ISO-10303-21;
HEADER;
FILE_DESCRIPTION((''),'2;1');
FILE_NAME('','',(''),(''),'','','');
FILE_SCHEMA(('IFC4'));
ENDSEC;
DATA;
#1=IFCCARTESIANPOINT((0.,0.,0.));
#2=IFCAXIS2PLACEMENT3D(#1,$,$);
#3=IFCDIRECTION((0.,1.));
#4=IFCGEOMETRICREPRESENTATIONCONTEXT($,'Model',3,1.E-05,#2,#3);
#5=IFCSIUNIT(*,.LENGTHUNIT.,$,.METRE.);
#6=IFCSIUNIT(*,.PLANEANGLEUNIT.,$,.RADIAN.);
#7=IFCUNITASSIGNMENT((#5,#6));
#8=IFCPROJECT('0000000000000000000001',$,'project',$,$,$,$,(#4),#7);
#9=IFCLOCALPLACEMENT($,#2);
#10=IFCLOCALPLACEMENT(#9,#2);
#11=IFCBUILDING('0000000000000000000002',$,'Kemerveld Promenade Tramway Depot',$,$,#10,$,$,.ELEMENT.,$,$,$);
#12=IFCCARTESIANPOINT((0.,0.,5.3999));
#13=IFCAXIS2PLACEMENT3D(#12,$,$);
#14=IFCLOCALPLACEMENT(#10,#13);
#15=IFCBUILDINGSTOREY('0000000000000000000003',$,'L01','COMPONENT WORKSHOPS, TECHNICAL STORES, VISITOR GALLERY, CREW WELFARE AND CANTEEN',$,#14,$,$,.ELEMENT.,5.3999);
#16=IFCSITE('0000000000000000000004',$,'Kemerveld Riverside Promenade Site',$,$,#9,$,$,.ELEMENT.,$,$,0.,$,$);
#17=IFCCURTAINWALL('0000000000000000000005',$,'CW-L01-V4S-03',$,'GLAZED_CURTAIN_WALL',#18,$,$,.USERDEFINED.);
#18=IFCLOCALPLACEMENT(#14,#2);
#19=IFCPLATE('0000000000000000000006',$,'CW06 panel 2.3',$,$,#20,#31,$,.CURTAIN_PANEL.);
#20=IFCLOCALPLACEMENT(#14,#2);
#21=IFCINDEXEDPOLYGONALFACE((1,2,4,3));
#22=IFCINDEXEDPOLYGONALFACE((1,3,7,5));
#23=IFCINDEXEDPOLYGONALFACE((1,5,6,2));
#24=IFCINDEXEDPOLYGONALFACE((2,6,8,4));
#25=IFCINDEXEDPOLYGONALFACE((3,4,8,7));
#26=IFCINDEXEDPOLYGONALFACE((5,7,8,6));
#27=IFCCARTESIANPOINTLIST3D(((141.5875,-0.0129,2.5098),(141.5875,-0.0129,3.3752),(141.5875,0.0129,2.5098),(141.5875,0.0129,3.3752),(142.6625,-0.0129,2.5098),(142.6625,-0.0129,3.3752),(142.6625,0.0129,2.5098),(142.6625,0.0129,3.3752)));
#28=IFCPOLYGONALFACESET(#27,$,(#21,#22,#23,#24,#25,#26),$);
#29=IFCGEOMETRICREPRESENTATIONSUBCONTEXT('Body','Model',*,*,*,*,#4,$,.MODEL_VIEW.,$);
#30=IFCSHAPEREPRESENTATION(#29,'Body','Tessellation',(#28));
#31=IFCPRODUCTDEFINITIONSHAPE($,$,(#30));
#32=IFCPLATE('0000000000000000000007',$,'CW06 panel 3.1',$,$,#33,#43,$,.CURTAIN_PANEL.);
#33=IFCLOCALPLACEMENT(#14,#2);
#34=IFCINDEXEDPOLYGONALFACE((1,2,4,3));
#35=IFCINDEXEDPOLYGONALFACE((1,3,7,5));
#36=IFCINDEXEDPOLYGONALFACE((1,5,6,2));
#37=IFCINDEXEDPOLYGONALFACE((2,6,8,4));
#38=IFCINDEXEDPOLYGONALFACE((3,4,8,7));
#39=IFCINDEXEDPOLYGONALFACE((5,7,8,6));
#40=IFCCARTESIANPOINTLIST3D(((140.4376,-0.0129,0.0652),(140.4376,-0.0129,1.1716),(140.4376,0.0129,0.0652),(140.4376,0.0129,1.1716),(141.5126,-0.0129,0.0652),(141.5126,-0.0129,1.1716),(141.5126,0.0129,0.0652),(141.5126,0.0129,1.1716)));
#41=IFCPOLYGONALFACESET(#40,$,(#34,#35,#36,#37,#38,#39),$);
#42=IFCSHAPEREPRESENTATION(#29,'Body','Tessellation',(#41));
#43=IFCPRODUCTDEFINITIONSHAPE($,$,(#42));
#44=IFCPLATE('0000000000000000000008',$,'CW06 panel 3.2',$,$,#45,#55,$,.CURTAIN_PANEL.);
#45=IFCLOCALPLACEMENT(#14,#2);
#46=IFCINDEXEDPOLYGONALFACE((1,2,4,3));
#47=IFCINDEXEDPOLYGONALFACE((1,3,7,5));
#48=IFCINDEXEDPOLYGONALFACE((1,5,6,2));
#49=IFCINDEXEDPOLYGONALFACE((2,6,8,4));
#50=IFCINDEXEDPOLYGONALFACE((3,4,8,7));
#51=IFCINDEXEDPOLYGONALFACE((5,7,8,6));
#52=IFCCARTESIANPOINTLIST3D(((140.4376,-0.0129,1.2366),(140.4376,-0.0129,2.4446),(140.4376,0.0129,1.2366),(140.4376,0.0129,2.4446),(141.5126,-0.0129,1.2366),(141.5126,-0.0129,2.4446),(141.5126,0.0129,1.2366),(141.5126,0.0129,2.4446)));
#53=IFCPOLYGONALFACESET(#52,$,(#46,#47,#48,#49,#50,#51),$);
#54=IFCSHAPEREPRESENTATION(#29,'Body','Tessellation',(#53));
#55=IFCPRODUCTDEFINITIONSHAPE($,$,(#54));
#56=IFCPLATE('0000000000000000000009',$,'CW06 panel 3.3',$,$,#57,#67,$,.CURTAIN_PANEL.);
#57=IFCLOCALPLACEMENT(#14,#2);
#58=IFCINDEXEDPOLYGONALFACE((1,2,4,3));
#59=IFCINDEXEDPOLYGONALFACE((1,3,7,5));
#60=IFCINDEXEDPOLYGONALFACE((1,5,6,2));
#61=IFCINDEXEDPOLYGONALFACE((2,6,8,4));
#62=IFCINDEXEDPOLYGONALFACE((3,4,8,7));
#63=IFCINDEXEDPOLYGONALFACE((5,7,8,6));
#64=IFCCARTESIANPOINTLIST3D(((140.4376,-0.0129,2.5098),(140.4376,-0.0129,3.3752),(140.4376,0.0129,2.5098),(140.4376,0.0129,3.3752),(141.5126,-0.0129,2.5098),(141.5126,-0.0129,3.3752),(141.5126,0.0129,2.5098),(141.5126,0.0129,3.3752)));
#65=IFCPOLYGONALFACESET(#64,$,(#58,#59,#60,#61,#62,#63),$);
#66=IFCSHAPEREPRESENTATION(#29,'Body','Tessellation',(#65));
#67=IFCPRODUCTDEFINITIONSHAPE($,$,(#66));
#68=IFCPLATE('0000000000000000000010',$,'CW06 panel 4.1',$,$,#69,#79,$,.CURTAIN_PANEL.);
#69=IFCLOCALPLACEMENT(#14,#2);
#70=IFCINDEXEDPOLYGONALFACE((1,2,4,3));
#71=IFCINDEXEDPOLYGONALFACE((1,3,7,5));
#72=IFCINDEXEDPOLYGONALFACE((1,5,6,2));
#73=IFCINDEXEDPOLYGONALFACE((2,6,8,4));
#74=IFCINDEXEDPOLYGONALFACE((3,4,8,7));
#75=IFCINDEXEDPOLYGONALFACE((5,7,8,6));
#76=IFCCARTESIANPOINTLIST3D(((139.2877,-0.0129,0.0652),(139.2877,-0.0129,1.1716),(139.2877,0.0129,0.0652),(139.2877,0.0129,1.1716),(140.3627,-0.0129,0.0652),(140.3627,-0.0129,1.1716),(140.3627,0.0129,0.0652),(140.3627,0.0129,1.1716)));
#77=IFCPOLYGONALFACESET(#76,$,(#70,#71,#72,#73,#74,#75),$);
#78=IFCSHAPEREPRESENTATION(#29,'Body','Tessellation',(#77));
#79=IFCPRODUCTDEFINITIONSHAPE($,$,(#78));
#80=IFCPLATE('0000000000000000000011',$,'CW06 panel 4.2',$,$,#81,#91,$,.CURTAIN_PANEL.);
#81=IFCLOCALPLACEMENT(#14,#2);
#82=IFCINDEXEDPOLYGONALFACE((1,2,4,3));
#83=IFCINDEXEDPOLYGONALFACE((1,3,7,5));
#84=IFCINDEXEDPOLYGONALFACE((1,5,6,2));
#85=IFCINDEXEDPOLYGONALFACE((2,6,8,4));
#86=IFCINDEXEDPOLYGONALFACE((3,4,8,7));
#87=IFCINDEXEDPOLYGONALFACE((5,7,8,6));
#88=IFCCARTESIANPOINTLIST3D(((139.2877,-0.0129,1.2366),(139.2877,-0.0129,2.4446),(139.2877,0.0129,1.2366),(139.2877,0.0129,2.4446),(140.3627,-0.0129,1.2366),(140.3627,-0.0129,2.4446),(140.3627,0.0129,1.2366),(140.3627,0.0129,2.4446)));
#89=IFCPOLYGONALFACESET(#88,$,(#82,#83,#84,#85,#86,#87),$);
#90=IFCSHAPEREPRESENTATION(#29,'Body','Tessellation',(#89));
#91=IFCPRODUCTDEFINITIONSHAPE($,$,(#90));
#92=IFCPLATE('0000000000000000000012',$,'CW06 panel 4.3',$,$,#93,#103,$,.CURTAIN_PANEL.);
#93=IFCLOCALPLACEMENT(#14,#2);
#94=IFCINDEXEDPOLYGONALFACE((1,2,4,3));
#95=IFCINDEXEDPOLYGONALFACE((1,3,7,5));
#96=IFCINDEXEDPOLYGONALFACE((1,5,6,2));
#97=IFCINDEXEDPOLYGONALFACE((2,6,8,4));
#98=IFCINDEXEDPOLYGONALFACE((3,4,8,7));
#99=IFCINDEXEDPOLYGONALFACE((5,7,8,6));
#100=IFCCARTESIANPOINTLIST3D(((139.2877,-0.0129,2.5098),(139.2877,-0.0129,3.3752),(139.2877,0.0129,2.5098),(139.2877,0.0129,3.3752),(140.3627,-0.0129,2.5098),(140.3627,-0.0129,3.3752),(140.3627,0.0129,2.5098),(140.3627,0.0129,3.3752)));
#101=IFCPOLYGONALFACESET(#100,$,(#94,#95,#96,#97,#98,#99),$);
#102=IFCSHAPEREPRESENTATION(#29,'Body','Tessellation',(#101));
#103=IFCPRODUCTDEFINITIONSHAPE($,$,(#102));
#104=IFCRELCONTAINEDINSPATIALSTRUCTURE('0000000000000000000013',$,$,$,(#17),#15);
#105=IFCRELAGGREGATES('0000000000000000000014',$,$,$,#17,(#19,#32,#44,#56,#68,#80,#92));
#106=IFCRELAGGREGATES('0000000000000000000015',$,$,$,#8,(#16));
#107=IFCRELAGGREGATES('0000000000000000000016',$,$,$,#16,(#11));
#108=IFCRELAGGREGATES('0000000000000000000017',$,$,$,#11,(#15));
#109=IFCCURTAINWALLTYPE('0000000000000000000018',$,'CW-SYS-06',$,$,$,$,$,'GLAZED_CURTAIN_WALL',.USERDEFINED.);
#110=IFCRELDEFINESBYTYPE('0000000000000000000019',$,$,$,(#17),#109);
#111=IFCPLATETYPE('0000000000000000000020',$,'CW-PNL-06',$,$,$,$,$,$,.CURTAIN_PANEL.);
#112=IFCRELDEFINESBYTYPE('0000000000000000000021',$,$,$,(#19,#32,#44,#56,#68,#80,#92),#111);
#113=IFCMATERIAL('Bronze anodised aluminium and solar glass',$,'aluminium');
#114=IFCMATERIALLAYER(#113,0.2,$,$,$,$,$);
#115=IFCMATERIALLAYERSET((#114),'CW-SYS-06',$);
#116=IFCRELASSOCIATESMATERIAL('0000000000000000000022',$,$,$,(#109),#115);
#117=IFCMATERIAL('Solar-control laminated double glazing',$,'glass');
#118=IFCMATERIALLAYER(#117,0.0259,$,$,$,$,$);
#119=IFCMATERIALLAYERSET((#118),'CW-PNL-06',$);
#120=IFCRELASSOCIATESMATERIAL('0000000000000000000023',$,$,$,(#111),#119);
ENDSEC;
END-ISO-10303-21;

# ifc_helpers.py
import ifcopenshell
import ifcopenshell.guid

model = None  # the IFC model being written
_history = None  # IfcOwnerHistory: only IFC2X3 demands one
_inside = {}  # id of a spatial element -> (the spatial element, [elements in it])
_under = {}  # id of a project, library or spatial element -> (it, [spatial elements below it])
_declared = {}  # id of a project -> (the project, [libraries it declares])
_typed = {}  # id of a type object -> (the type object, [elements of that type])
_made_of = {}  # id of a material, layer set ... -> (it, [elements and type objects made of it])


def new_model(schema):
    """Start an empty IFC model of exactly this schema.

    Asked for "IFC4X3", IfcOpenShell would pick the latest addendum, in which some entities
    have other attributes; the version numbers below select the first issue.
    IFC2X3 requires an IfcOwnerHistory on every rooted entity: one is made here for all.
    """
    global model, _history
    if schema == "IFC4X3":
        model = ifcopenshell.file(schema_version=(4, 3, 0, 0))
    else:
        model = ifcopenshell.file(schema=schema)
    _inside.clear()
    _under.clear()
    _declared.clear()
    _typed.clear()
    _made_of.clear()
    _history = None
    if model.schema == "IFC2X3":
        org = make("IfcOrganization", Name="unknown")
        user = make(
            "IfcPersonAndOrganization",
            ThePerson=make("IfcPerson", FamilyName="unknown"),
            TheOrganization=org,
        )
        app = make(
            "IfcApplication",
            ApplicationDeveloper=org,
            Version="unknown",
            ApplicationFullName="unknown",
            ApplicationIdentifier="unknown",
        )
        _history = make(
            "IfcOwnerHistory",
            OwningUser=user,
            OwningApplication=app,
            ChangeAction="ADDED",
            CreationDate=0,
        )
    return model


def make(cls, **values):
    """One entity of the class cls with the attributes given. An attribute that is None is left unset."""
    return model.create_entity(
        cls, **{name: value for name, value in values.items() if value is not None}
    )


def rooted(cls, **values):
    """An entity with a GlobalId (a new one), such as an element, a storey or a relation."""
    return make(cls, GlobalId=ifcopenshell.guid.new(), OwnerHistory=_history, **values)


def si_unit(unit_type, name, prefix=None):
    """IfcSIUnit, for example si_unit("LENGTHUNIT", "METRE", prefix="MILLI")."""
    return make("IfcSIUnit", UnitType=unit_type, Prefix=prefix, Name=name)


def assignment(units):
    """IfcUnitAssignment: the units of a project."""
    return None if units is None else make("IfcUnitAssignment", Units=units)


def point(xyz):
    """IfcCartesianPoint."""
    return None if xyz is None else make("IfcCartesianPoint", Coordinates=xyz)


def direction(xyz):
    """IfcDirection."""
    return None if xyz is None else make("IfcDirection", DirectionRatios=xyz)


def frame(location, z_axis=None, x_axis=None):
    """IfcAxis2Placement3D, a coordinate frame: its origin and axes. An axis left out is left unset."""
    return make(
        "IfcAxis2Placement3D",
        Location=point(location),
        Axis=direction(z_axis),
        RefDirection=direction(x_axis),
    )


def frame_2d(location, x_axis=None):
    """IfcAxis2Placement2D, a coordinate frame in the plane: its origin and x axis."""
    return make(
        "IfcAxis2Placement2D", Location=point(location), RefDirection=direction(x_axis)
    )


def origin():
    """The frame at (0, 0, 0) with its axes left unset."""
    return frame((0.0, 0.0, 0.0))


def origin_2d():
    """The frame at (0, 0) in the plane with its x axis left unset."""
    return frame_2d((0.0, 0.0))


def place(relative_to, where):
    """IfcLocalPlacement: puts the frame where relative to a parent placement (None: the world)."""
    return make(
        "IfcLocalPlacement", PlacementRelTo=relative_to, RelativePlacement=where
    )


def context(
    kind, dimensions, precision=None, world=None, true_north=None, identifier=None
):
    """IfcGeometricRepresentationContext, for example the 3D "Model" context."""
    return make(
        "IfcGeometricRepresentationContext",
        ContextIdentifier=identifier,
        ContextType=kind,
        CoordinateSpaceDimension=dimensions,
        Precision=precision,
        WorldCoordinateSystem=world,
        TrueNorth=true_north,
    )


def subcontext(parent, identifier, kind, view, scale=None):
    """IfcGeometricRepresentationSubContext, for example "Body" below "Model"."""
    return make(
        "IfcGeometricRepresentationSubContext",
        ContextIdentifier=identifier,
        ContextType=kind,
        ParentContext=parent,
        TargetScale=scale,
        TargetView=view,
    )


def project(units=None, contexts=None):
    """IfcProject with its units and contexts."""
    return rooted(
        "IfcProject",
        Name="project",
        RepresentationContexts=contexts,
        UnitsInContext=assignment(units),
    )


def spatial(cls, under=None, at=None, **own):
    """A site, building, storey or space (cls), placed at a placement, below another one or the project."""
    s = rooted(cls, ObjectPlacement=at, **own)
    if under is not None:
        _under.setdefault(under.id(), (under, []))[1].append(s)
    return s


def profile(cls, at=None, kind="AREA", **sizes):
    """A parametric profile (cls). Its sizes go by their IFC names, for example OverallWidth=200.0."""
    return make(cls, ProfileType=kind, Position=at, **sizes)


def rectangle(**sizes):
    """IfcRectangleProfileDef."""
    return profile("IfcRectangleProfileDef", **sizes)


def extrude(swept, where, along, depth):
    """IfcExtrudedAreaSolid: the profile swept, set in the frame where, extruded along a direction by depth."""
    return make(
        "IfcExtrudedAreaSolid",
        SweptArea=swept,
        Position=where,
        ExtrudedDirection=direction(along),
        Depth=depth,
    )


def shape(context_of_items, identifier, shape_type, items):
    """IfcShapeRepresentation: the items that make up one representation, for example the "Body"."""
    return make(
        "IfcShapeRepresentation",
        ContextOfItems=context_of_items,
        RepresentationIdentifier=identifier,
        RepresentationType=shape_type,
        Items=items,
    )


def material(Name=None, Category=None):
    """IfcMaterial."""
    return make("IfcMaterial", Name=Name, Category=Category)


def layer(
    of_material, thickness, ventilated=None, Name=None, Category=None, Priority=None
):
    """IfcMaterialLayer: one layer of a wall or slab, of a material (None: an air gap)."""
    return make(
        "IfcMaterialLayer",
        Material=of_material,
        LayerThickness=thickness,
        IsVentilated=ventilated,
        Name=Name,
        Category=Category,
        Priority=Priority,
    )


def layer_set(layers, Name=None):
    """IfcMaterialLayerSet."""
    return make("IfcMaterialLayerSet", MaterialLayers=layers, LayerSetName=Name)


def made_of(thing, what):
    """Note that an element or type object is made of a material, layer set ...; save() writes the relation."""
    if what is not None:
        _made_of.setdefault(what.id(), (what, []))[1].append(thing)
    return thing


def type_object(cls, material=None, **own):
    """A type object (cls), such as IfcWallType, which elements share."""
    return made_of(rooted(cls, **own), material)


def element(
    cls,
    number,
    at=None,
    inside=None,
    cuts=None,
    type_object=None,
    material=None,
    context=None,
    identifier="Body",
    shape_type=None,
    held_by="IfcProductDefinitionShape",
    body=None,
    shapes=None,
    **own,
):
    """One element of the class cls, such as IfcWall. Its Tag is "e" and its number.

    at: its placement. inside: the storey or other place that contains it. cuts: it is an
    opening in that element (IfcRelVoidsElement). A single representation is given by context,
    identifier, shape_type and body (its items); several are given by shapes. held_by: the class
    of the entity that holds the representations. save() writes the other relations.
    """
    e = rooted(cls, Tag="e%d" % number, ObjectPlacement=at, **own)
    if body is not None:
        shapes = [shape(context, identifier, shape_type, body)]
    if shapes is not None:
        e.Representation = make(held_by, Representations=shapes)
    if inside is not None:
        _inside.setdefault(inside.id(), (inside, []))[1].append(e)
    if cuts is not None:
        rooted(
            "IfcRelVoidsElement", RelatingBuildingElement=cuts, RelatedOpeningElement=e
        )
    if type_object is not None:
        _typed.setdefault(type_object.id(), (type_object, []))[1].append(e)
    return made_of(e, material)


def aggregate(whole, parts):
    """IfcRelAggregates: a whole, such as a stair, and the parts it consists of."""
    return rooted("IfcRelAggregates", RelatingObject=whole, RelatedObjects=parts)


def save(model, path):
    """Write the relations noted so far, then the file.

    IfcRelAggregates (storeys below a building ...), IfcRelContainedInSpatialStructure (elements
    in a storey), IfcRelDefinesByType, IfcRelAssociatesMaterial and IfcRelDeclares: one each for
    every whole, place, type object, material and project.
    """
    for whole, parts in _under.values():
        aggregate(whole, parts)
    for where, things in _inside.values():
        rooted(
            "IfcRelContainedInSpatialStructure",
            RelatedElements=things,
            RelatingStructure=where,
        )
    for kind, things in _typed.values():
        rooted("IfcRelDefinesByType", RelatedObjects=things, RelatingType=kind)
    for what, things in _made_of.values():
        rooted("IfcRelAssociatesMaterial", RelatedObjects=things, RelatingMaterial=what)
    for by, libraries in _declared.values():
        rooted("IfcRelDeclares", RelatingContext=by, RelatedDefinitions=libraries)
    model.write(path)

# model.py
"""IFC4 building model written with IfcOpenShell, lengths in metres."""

from ifc_helpers import new_model, si_unit, direction, frame, origin, origin_2d, place, context, subcontext, project, spatial, rectangle, extrude, material, layer, layer_set, type_object, element, aggregate, save


model = new_model("IFC4")

# Units and contexts
model_context = context("Model", 3, precision=1e-05, world=origin(), true_north=direction((0.0, 1.0)))
body_context = subcontext(model_context, "Body", "Model", "MODEL_VIEW")
ifc_project = project(units=[si_unit("LENGTHUNIT", "METRE"), si_unit("PLANEANGLEUNIT", "RADIAN")], contexts=[model_context])

# Site, building, storey
site_placement = place(None, origin())
site = spatial("IfcSite", under=ifc_project, at=site_placement, Name="Kemerveld Riverside Promenade Site", CompositionType="ELEMENT", RefElevation=0.0)
building_placement = place(site_placement, origin())
building = spatial("IfcBuilding", under=site, at=building_placement, Name="Kemerveld Promenade Tramway Depot", CompositionType="ELEMENT")
storey_placement = place(building_placement, frame((0.0, 0.0, 5.3999)))
storey = spatial("IfcBuildingStorey", under=building, at=storey_placement, Name="L01", Description="COMPONENT WORKSHOPS, TECHNICAL STORES, VISITOR GALLERY, CREW WELFARE AND CANTEEN", CompositionType="ELEMENT", Elevation=5.3999)

# Curtain wall, plates
ifc_material_1 = material(Name="Bronze anodised aluminium and solar glass", Category="aluminium")
ifc_layer_1 = layer(ifc_material_1, 0.2)
ifc_layer_set_1 = layer_set([ifc_layer_1], Name="CW-SYS-06")
curtain_wall_type = type_object("IfcCurtainWallType", Name="CW-SYS-06", ElementType="GLAZED_CURTAIN_WALL", PredefinedType="USERDEFINED", material=ifc_layer_set_1)
curtain_wall_placement = place(storey_placement, origin())
curtain_wall = element("IfcCurtainWall", 1, at=curtain_wall_placement, inside=storey, type_object=curtain_wall_type, Name="CW-L01-V4S-03", ObjectType="GLAZED_CURTAIN_WALL", PredefinedType="USERDEFINED")
ifc_material_2 = material(Name="Solar-control laminated double glazing", Category="glass")
ifc_layer_2 = layer(ifc_material_2, 0.0259)
ifc_layer_set_2 = layer_set([ifc_layer_2], Name="CW-PNL-06")
plate_type = type_object("IfcPlateType", Name="CW-PNL-06", PredefinedType="CURTAIN_PANEL", material=ifc_layer_set_2)
plate_1_placement = place(storey_placement, frame((142.125, 0.0, 2.5098), z_axis=(0.0, 0.0, 1.0), x_axis=(-1.0, 0.0, 0.0)))
plate_1 = element("IfcPlate", 2, at=plate_1_placement, type_object=plate_type, Name="CW06 panel 2.3", PredefinedType="CURTAIN_PANEL", context=body_context, shape_type="SweptSolid", body=[
    extrude(rectangle(XDim=1.075, YDim=0.0259, at=origin_2d()), origin(), (0.0, 0.0, 1.0), 0.8655),
])
plate_2_placement = place(storey_placement, frame((140.9751, 0.0, 0.0652), z_axis=(0.0, 0.0, 1.0), x_axis=(-1.0, 0.0, 0.0)))
plate_2 = element("IfcPlate", 3, at=plate_2_placement, type_object=plate_type, Name="CW06 panel 3.1", PredefinedType="CURTAIN_PANEL", context=body_context, shape_type="SweptSolid", body=[
    extrude(rectangle(XDim=1.075, YDim=0.0259, at=origin_2d()), origin(), (0.0, 0.0, 1.0), 1.1064),
])
plate_3_placement = place(storey_placement, frame((140.9751, 0.0, 1.2366), z_axis=(0.0, 0.0, 1.0), x_axis=(-1.0, 0.0, 0.0)))
plate_3 = element("IfcPlate", 4, at=plate_3_placement, type_object=plate_type, Name="CW06 panel 3.2", PredefinedType="CURTAIN_PANEL", context=body_context, shape_type="SweptSolid", body=[
    extrude(rectangle(XDim=1.075, YDim=0.0259, at=origin_2d()), origin(), (0.0, 0.0, 1.0), 1.208),
])
plate_4_placement = place(storey_placement, frame((140.9751, 0.0, 2.5098), z_axis=(0.0, 0.0, 1.0), x_axis=(-1.0, 0.0, 0.0)))
plate_4 = element("IfcPlate", 5, at=plate_4_placement, type_object=plate_type, Name="CW06 panel 3.3", PredefinedType="CURTAIN_PANEL", context=body_context, shape_type="SweptSolid", body=[
    extrude(rectangle(XDim=1.075, YDim=0.0259, at=origin_2d()), origin(), (0.0, 0.0, 1.0), 0.8655),
])
plate_5_placement = place(storey_placement, frame((139.8252, 0.0, 0.0652), z_axis=(0.0, 0.0, 1.0), x_axis=(-1.0, 0.0, 0.0)))
plate_5 = element("IfcPlate", 6, at=plate_5_placement, type_object=plate_type, Name="CW06 panel 4.1", PredefinedType="CURTAIN_PANEL", context=body_context, shape_type="SweptSolid", body=[
    extrude(rectangle(XDim=1.075, YDim=0.0259, at=origin_2d()), origin(), (0.0, 0.0, 1.0), 1.1064),
])
plate_6_placement = place(storey_placement, frame((139.8252, 0.0, 1.2366), z_axis=(0.0, 0.0, 1.0), x_axis=(-1.0, 0.0, 0.0)))
plate_6 = element("IfcPlate", 7, at=plate_6_placement, type_object=plate_type, Name="CW06 panel 4.2", PredefinedType="CURTAIN_PANEL", context=body_context, shape_type="SweptSolid", body=[
    extrude(rectangle(XDim=1.075, YDim=0.0259, at=origin_2d()), origin(), (0.0, 0.0, 1.0), 1.208),
])
plate_7_placement = place(storey_placement, frame((139.8252, 0.0, 2.5098), z_axis=(0.0, 0.0, 1.0), x_axis=(-1.0, 0.0, 0.0)))
plate_7 = element("IfcPlate", 8, at=plate_7_placement, type_object=plate_type, Name="CW06 panel 4.3", PredefinedType="CURTAIN_PANEL", context=body_context, shape_type="SweptSolid", body=[
    extrude(rectangle(XDim=1.075, YDim=0.0259, at=origin_2d()), origin(), (0.0, 0.0, 1.0), 0.8655),
])
aggregate(curtain_wall, [plate_1, plate_2, plate_3, plate_4, plate_5, plate_6, plate_7])

save(model, "model.ifc")
